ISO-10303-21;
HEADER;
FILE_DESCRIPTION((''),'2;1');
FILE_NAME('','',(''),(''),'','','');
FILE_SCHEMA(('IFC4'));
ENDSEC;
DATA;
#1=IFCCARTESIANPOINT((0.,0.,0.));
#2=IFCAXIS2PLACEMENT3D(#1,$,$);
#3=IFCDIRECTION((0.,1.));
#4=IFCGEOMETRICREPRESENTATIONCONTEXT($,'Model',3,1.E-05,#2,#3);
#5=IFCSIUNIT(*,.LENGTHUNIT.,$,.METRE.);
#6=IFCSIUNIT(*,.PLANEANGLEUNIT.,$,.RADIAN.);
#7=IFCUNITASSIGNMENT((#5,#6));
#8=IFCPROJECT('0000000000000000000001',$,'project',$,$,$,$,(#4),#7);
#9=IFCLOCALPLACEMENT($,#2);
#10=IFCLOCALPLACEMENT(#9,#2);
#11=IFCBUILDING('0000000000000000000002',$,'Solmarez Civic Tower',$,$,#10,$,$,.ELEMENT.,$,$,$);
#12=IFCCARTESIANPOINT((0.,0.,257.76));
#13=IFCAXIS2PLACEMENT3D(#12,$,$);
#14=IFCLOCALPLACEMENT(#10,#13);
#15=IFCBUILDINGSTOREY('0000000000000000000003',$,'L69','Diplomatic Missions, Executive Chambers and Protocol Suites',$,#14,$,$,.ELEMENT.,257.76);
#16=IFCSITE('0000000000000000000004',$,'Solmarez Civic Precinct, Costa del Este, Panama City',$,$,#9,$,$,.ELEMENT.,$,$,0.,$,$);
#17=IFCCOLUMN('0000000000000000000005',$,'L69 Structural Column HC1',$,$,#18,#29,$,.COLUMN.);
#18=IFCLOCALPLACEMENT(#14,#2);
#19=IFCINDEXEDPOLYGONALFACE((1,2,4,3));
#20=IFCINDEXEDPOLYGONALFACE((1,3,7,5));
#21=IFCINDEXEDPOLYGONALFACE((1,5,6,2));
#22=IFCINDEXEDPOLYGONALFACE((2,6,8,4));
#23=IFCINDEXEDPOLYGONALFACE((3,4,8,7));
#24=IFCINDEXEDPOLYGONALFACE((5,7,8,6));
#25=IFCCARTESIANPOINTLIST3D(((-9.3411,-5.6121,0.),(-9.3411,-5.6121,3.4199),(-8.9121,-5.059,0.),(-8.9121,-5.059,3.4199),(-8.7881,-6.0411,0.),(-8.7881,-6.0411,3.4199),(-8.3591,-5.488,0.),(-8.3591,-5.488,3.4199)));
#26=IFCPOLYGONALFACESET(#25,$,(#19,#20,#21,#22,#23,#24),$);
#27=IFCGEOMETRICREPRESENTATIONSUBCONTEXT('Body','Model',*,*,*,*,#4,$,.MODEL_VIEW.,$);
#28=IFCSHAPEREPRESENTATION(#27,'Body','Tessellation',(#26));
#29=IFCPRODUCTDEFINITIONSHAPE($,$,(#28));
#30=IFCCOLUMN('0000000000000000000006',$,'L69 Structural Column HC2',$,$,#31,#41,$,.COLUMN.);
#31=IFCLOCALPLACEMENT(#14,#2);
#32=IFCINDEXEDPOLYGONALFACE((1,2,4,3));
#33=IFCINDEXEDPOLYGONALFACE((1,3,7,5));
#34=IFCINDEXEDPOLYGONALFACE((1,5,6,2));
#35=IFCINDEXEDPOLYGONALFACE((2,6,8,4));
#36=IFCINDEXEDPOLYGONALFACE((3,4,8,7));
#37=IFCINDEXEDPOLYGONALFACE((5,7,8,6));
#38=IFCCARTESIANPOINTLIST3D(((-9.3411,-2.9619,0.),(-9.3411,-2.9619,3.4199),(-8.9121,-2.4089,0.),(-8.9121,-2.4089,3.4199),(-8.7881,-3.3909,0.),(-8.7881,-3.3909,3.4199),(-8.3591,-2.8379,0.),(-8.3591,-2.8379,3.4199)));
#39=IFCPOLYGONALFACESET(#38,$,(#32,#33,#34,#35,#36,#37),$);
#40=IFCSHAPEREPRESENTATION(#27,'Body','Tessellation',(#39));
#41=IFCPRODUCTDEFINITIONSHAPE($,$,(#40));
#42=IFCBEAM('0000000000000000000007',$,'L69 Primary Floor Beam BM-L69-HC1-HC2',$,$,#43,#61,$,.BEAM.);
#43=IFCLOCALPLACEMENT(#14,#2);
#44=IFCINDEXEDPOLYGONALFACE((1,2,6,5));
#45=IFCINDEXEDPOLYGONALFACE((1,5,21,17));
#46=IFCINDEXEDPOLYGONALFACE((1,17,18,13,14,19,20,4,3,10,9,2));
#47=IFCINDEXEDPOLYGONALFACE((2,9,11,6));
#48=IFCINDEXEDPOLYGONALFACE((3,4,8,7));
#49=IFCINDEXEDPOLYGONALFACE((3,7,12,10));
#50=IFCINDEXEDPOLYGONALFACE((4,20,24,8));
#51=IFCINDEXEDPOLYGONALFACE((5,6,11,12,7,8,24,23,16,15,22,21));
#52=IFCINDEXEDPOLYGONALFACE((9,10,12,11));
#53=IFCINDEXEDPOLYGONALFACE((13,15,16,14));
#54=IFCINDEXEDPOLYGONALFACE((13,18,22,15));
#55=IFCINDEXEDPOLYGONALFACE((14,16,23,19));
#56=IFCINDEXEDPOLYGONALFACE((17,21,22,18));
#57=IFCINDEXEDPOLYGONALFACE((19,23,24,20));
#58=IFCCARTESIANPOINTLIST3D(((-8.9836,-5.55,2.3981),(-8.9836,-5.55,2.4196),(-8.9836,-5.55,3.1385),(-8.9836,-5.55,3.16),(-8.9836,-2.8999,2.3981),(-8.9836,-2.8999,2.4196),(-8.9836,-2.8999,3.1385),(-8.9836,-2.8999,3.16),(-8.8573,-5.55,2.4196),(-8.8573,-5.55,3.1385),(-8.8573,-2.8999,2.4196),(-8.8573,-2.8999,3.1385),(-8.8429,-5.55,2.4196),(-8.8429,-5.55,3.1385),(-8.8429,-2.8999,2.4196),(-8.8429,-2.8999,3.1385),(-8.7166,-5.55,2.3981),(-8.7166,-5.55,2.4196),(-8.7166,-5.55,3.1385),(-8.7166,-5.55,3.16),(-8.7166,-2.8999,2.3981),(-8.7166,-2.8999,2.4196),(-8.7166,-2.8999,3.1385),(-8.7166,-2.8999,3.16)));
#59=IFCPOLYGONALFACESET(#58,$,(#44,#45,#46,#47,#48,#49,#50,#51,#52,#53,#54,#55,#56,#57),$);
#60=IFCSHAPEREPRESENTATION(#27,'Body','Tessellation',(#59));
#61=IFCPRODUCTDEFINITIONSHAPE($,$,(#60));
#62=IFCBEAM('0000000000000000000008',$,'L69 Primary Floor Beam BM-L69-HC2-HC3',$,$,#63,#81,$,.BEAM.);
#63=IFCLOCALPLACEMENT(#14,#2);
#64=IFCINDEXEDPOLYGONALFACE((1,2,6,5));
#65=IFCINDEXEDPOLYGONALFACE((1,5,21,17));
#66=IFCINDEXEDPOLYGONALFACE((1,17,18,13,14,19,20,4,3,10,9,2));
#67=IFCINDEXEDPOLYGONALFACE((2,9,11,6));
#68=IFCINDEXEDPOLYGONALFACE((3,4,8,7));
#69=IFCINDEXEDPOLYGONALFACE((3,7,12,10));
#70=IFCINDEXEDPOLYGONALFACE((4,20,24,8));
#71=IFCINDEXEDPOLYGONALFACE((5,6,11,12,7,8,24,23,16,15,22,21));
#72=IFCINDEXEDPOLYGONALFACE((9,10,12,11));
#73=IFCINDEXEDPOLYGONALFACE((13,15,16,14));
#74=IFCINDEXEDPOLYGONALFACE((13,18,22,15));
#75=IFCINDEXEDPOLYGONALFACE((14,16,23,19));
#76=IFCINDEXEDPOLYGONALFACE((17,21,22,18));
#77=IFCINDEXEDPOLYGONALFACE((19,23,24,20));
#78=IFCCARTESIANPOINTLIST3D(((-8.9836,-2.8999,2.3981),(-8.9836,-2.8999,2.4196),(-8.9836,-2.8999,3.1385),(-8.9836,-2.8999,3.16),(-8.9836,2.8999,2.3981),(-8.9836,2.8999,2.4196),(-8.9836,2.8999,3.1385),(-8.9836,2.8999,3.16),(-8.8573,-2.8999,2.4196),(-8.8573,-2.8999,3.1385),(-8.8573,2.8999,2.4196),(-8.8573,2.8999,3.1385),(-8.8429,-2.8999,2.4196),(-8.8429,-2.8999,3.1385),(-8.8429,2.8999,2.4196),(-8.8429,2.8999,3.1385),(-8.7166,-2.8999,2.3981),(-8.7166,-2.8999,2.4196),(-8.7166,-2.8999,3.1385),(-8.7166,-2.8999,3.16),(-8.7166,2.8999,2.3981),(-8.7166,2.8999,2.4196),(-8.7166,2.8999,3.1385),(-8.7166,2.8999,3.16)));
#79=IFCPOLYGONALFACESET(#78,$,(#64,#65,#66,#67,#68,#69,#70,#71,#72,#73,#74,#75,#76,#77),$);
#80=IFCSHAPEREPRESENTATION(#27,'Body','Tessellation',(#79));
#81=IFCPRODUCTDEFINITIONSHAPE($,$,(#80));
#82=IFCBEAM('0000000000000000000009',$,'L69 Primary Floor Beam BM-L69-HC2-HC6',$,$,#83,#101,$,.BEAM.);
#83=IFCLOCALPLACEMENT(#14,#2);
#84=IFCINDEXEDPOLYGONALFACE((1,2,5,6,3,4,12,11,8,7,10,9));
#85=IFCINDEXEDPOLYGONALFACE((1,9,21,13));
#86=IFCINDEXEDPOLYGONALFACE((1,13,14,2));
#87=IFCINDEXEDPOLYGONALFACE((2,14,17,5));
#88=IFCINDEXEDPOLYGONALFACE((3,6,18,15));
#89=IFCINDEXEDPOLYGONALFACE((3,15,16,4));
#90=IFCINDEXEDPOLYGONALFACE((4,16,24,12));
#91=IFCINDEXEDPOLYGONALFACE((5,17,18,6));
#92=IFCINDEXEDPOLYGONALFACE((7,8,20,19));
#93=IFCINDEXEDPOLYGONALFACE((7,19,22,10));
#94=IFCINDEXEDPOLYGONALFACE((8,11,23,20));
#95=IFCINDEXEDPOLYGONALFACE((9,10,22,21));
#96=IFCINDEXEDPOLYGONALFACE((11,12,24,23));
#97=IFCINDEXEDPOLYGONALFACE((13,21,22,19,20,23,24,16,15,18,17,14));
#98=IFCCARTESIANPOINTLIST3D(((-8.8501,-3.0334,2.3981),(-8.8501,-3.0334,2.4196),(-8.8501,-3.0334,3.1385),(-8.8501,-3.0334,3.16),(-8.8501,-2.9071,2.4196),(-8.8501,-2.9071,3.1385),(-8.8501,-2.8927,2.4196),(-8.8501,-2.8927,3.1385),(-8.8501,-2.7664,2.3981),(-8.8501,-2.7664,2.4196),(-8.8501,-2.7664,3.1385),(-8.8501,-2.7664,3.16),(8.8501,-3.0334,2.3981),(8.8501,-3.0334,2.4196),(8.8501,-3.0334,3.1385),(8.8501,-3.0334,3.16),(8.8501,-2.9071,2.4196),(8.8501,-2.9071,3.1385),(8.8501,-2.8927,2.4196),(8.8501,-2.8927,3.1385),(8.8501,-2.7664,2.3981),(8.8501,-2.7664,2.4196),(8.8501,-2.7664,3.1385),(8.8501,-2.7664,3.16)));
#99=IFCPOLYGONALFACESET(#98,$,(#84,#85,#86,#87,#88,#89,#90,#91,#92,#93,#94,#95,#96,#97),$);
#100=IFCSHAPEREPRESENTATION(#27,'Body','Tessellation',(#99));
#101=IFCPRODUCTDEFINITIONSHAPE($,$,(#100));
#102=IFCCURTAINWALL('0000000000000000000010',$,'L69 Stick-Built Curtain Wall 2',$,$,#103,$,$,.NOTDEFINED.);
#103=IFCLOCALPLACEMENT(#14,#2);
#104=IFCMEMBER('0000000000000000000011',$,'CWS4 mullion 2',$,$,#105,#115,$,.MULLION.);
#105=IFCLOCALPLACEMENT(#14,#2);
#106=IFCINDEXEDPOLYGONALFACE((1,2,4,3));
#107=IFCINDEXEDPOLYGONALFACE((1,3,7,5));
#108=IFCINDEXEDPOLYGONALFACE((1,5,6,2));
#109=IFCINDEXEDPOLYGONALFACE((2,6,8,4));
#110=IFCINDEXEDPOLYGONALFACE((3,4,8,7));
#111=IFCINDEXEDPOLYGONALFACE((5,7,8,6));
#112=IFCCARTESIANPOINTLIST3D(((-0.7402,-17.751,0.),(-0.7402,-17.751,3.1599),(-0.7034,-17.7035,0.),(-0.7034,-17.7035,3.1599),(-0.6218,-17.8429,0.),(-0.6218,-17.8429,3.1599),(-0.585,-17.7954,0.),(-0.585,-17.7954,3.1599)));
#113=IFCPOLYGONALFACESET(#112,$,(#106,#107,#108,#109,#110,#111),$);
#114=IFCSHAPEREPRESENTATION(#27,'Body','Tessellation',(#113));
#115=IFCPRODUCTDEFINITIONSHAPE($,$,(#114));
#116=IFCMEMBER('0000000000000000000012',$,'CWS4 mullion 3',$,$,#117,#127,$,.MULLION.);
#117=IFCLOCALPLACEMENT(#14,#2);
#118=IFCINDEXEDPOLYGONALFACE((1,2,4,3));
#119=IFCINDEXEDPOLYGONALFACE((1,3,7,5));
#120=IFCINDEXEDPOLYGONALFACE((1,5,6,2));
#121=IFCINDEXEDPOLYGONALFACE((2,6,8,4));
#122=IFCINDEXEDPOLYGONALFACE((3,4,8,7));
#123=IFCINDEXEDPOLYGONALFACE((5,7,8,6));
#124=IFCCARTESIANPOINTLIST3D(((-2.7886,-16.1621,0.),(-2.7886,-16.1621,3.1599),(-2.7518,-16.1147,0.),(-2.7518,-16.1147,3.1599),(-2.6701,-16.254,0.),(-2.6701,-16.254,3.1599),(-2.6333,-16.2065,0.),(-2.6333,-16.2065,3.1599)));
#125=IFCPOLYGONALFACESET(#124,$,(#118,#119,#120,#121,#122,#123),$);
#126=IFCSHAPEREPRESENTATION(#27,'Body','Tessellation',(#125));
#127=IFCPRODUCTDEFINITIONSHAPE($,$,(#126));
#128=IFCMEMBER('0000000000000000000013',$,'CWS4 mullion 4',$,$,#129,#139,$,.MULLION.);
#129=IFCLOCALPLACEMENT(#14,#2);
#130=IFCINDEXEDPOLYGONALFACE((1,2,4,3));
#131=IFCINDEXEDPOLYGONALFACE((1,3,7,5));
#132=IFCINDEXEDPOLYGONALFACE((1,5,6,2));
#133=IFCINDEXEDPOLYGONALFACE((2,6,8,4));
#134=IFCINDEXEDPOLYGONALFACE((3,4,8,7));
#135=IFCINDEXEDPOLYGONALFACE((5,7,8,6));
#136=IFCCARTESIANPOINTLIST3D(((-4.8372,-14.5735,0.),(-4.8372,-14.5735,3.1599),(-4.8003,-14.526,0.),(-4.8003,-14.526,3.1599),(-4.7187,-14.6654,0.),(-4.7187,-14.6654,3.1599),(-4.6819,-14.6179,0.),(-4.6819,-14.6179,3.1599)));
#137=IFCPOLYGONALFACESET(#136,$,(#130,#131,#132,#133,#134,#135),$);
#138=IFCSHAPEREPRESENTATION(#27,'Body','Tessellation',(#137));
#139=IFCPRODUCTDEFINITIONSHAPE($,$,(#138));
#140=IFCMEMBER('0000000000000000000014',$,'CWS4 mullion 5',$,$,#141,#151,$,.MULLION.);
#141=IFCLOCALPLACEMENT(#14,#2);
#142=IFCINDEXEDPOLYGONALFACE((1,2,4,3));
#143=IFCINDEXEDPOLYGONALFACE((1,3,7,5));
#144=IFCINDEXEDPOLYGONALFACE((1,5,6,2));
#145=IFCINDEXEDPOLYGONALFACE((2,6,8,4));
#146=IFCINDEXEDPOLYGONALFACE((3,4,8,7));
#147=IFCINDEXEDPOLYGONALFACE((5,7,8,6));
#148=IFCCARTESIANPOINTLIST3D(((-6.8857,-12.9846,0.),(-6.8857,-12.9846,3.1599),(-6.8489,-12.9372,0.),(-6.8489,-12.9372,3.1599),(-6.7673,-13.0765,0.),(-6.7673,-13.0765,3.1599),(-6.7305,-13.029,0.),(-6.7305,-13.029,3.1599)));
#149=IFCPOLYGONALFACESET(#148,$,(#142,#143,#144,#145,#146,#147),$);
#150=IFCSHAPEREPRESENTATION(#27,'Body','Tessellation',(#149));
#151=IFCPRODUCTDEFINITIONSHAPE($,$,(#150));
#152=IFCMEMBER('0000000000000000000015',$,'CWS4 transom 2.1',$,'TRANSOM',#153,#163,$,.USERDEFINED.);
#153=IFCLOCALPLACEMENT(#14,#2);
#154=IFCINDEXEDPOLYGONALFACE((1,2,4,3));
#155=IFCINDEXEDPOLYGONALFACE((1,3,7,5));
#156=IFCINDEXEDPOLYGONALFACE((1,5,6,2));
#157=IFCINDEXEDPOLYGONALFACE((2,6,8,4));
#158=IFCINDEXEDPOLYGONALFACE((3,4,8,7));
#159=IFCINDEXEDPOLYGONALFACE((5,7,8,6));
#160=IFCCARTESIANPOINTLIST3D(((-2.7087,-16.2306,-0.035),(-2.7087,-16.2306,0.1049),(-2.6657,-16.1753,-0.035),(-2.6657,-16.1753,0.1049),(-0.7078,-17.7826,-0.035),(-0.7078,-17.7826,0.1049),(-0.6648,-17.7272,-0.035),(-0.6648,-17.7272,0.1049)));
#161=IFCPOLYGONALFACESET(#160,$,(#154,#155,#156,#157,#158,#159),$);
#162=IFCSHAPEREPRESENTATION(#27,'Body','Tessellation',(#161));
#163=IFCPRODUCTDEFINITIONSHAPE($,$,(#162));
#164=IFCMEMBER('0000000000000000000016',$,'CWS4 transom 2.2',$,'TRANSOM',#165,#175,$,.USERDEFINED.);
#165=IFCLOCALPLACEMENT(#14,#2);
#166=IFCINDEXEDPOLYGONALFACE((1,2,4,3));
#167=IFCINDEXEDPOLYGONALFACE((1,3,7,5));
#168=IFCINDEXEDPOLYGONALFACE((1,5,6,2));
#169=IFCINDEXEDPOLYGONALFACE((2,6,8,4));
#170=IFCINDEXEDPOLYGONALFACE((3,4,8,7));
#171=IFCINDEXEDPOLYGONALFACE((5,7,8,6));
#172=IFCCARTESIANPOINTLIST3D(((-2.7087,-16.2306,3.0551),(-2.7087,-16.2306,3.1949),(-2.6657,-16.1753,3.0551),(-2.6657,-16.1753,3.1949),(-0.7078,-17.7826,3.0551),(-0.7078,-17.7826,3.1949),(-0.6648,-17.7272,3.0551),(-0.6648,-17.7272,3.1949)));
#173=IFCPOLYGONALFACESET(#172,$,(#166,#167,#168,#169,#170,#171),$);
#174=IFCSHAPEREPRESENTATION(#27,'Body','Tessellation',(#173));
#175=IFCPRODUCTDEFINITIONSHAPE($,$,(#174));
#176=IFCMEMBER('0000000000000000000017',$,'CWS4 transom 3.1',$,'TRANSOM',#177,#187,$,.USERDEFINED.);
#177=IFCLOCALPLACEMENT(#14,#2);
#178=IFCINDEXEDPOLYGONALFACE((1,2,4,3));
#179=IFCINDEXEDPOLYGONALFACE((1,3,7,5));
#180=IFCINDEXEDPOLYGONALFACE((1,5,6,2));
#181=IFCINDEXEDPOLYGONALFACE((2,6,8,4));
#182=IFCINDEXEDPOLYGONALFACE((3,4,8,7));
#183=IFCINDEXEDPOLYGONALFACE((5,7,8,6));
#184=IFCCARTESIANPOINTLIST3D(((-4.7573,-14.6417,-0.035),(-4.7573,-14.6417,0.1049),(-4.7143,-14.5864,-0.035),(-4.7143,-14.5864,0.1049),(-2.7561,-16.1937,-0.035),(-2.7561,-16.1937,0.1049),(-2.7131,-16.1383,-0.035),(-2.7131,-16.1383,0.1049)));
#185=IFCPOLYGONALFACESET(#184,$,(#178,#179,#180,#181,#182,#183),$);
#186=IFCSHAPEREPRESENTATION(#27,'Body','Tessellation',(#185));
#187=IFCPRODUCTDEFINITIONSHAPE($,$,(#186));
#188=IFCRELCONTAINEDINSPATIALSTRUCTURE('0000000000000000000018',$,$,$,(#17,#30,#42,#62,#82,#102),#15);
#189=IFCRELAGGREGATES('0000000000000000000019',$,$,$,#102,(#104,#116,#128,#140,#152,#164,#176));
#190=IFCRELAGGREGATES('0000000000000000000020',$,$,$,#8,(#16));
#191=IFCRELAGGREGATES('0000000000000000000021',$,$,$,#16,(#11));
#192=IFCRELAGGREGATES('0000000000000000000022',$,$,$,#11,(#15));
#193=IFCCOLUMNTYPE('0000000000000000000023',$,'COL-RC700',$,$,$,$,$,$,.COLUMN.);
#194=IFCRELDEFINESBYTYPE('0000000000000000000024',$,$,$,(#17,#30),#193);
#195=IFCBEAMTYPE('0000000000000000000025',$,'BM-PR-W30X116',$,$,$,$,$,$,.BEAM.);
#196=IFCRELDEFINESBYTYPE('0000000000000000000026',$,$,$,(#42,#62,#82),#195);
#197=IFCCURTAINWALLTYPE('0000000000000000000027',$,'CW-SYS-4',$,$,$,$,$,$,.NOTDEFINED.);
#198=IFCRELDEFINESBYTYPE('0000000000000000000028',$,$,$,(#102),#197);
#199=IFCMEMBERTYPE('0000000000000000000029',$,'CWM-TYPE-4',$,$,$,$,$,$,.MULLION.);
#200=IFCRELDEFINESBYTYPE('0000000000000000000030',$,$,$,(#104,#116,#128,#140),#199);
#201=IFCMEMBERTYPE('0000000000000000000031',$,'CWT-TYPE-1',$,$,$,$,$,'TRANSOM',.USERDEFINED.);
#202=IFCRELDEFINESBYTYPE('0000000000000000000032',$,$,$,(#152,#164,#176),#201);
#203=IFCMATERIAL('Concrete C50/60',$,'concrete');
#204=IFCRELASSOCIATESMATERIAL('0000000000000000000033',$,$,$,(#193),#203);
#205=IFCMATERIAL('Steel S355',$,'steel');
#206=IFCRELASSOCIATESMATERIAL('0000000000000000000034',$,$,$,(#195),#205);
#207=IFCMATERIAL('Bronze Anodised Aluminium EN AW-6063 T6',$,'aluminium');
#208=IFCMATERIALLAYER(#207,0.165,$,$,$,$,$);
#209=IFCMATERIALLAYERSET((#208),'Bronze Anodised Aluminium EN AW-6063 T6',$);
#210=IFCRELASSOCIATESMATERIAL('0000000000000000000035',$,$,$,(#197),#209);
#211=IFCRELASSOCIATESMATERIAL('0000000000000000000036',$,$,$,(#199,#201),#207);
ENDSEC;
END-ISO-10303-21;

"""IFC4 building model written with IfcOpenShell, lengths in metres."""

from ifc_helpers import new_model, si_unit, direction, frame, origin, origin_2d, place, context, subcontext, project, spatial, rectangle, i_section, extrude, material, layer, layer_set, material_profile, profile_set, type_object, element, aggregate, save


model = new_model("IFC4")

# Units and contexts
model_context = context("Model", 3, precision=1e-05, world=origin(), true_north=direction((0.0, 1.0)))
body_context = subcontext(model_context, "Body", "Model", "MODEL_VIEW")
ifc_project = project(units=[si_unit("LENGTHUNIT", "METRE"), si_unit("PLANEANGLEUNIT", "RADIAN")], contexts=[model_context])

# Site, building, storey
site_placement = place(None, origin())
site = spatial("IfcSite", under=ifc_project, at=site_placement, Name="Solmarez Civic Precinct, Costa del Este, Panama City", CompositionType="ELEMENT", RefElevation=0.0)
building_placement = place(site_placement, origin())
building = spatial("IfcBuilding", under=site, at=building_placement, Name="Solmarez Civic Tower", CompositionType="ELEMENT")
storey_placement = place(building_placement, frame((0.0, 0.0, 257.76)))
storey = spatial("IfcBuildingStorey", under=building, at=storey_placement, Name="L69", Description="Diplomatic Missions, Executive Chambers and Protocol Suites", CompositionType="ELEMENT", Elevation=257.76)

# Columns
ifc_material_1 = material(Name="Concrete C50/60", Category="concrete")
ifc_material_profile_1 = material_profile(ifc_material_1, rectangle(XDim=0.7, YDim=0.7, at=origin_2d()), Name="RC700X700")
ifc_profile_set_1 = profile_set([ifc_material_profile_1], Name="Concrete C50/60")
column_type = type_object("IfcColumnType", Name="COL-RC700", PredefinedType="COLUMN", material=ifc_profile_set_1)
for number, where, z_axis, x_axis, name in (
    (1, (-8.8501, -5.55, 0.0), (0.0, 0.0, 1.0), (0.612907, 0.790155, 0.0), "L69 Structural Column HC1"),
    (2, (-8.8501, -2.8999, 0.0), (0.0, 0.0, 1.0), (0.612907, 0.790155, 0.0), "L69 Structural Column HC2"),
):
    element("IfcColumn", number, at=place(storey_placement, frame(where, z_axis=z_axis, x_axis=x_axis)), inside=storey, type_object=column_type, Name=name, PredefinedType="COLUMN", context=body_context, shape_type="SweptSolid", body=[
        extrude(rectangle(XDim=0.7, YDim=0.7, at=origin_2d()), origin(), (0.0, 0.0, 1.0), 3.4199),
    ])

# Beams
ifc_material_2 = material(Name="Steel S355", Category="steel")
ifc_material_profile_2 = material_profile(ifc_material_2, i_section(OverallWidth=0.2671, OverallDepth=0.762, WebThickness=0.0144, FlangeThickness=0.0215, at=origin_2d()), Name="W30X116")
ifc_profile_set_2 = profile_set([ifc_material_profile_2], Name="Steel S355")
beam_type = type_object("IfcBeamType", Name="BM-PR-W30X116", PredefinedType="BEAM", material=ifc_profile_set_2)
beam_1_placement = place(storey_placement, frame((-8.8501, -5.55, 2.7791), z_axis=(0.0, 1.0, 0.0), x_axis=(-1.0, 0.0, 0.0)))
element("IfcBeam", 3, at=beam_1_placement, inside=storey, type_object=beam_type, Name="L69 Primary Floor Beam BM-L69-HC1-HC2", PredefinedType="BEAM", context=body_context, shape_type="SweptSolid", body=[
    extrude(i_section(OverallWidth=0.2671, OverallDepth=0.762, WebThickness=0.0144, FlangeThickness=0.0215, at=origin_2d()), origin(), (0.0, 0.0, 1.0), 2.6501),
])
beam_2_placement = place(storey_placement, frame((-8.8501, -2.8999, 2.7791), z_axis=(0.0, 1.0, 0.0), x_axis=(-1.0, 0.0, 0.0)))
element("IfcBeam", 4, at=beam_2_placement, inside=storey, type_object=beam_type, Name="L69 Primary Floor Beam BM-L69-HC2-HC3", PredefinedType="BEAM", context=body_context, shape_type="SweptSolid", body=[
    extrude(i_section(OverallWidth=0.2671, OverallDepth=0.762, WebThickness=0.0144, FlangeThickness=0.0215, at=origin_2d()), origin(), (0.0, 0.0, 1.0), 5.7998),
])
beam_3_placement = place(storey_placement, frame((-8.8501, -2.8999, 2.7791), z_axis=(1.0, 0.0, 0.0), x_axis=(0.0, 1.0, 0.0)))
element("IfcBeam", 5, at=beam_3_placement, inside=storey, type_object=beam_type, Name="L69 Primary Floor Beam BM-L69-HC2-HC6", PredefinedType="BEAM", context=body_context, shape_type="SweptSolid", body=[
    extrude(i_section(OverallWidth=0.2671, OverallDepth=0.762, WebThickness=0.0144, FlangeThickness=0.0215, at=origin_2d()), origin(), (0.0, 0.0, 1.0), 17.7002),
])

# Curtain wall, members
ifc_material_3 = material(Name="Bronze Anodised Aluminium EN AW-6063 T6", Category="aluminium")
ifc_layer_1 = layer(ifc_material_3, 0.165)
ifc_layer_set_1 = layer_set([ifc_layer_1], Name="Bronze Anodised Aluminium EN AW-6063 T6")
curtain_wall_type = type_object("IfcCurtainWallType", Name="CW-SYS-4", PredefinedType="NOTDEFINED", material=ifc_layer_set_1)
curtain_wall_placement = place(storey_placement, origin())
curtain_wall = element("IfcCurtainWall", 6, at=curtain_wall_placement, inside=storey, type_object=curtain_wall_type, Name="L69 Stick-Built Curtain Wall 2", PredefinedType="NOTDEFINED")
ifc_material_profile_3 = material_profile(ifc_material_3, rectangle(XDim=0.0601, YDim=0.1499, at=origin_2d()), Name="CWM-60X150")
ifc_profile_set_3 = profile_set([ifc_material_profile_3], Name="Bronze Anodised Aluminium EN AW-6063 T6")
member_type_1 = type_object("IfcMemberType", Name="CWM-TYPE-4", PredefinedType="MULLION", material=ifc_profile_set_3)
member_1_placement = place(storey_placement, frame((-0.6626, -17.7732, 0.0), z_axis=(0.0, 0.0, 1.0), x_axis=(-0.612864, -0.790189, 0.0)))
member_1 = element("IfcMember", 7, at=member_1_placement, type_object=member_type_1, Name="CWS4 mullion 2", PredefinedType="MULLION", context=body_context, shape_type="SweptSolid", body=[
    extrude(rectangle(XDim=0.0601, YDim=0.1499, at=origin_2d()), origin(), (0.0, 0.0, 1.0), 3.1599),
])
member_2_placement = place(storey_placement, frame((-2.7109, -16.1843, 0.0), z_axis=(0.0, 0.0, 1.0), x_axis=(-0.612864, -0.790189, 0.0)))
member_2 = element("IfcMember", 8, at=member_2_placement, type_object=member_type_1, Name="CWS4 mullion 3", PredefinedType="MULLION", context=body_context, shape_type="SweptSolid", body=[
    extrude(rectangle(XDim=0.0601, YDim=0.1499, at=origin_2d()), origin(), (0.0, 0.0, 1.0), 3.1599),
])
member_3_placement = place(storey_placement, frame((-4.7595, -14.5957, 0.0), z_axis=(0.0, 0.0, 1.0), x_axis=(-0.612864, -0.790189, 0.0)))
member_3 = element("IfcMember", 9, at=member_3_placement, type_object=member_type_1, Name="CWS4 mullion 4", PredefinedType="MULLION", context=body_context, shape_type="SweptSolid", body=[
    extrude(rectangle(XDim=0.0601, YDim=0.1499, at=origin_2d()), origin(), (0.0, 0.0, 1.0), 3.1599),
])
member_4_placement = place(storey_placement, frame((-6.8081, -13.0068, 0.0), z_axis=(0.0, 0.0, 1.0), x_axis=(-0.612864, -0.790189, 0.0)))
member_4 = element("IfcMember", 10, at=member_4_placement, type_object=member_type_1, Name="CWS4 mullion 5", PredefinedType="MULLION", context=body_context, shape_type="SweptSolid", body=[
    extrude(rectangle(XDim=0.0601, YDim=0.1499, at=origin_2d()), origin(), (0.0, 0.0, 1.0), 3.1599),
])
ifc_material_profile_4 = material_profile(ifc_material_3, rectangle(XDim=0.0701, YDim=0.1399, at=origin_2d()), Name="CWT-70X140")
ifc_profile_set_4 = profile_set([ifc_material_profile_4], Name="Bronze Anodised Aluminium EN AW-6063 T6")
member_type_2 = type_object("IfcMemberType", Name="CWT-TYPE-1", ElementType="TRANSOM", PredefinedType="USERDEFINED", material=ifc_profile_set_4)
member_5_placement = place(storey_placement, frame((-0.6863, -17.7549, 0.0349), z_axis=(-0.790177, 0.612879, 0.0), x_axis=(-0.612879, -0.790177, 0.0)))
member_5 = element("IfcMember", 11, at=member_5_placement, type_object=member_type_2, Name="CWS4 transom 2.1", ObjectType="TRANSOM", PredefinedType="USERDEFINED", context=body_context, shape_type="SweptSolid", body=[
    extrude(rectangle(XDim=0.0701, YDim=0.1399, at=origin_2d()), origin(), (0.0, 0.0, 1.0), 2.5322),
])
member_6_placement = place(storey_placement, frame((-0.6863, -17.7549, 3.125), z_axis=(-0.790177, 0.612879, 0.0), x_axis=(-0.612879, -0.790177, 0.0)))
member_6 = element("IfcMember", 12, at=member_6_placement, type_object=member_type_2, Name="CWS4 transom 2.2", ObjectType="TRANSOM", PredefinedType="USERDEFINED", context=body_context, shape_type="SweptSolid", body=[
    extrude(rectangle(XDim=0.0701, YDim=0.1399, at=origin_2d()), origin(), (0.0, 0.0, 1.0), 2.5322),
])
member_7_placement = place(storey_placement, frame((-2.7346, -16.166, 0.0349), z_axis=(-0.790213, 0.612832, 0.0), x_axis=(-0.612832, -0.790213, 0.0)))
member_7 = element("IfcMember", 13, at=member_7_placement, type_object=member_type_2, Name="CWS4 transom 3.1", ObjectType="TRANSOM", PredefinedType="USERDEFINED", context=body_context, shape_type="SweptSolid", body=[
    extrude(rectangle(XDim=0.0701, YDim=0.1399, at=origin_2d()), origin(), (0.0, 0.0, 1.0), 2.5325),
])
aggregate(curtain_wall, [member_1, member_2, member_3, member_4, member_5, member_6, member_7])

save(model, "model.ifc")
